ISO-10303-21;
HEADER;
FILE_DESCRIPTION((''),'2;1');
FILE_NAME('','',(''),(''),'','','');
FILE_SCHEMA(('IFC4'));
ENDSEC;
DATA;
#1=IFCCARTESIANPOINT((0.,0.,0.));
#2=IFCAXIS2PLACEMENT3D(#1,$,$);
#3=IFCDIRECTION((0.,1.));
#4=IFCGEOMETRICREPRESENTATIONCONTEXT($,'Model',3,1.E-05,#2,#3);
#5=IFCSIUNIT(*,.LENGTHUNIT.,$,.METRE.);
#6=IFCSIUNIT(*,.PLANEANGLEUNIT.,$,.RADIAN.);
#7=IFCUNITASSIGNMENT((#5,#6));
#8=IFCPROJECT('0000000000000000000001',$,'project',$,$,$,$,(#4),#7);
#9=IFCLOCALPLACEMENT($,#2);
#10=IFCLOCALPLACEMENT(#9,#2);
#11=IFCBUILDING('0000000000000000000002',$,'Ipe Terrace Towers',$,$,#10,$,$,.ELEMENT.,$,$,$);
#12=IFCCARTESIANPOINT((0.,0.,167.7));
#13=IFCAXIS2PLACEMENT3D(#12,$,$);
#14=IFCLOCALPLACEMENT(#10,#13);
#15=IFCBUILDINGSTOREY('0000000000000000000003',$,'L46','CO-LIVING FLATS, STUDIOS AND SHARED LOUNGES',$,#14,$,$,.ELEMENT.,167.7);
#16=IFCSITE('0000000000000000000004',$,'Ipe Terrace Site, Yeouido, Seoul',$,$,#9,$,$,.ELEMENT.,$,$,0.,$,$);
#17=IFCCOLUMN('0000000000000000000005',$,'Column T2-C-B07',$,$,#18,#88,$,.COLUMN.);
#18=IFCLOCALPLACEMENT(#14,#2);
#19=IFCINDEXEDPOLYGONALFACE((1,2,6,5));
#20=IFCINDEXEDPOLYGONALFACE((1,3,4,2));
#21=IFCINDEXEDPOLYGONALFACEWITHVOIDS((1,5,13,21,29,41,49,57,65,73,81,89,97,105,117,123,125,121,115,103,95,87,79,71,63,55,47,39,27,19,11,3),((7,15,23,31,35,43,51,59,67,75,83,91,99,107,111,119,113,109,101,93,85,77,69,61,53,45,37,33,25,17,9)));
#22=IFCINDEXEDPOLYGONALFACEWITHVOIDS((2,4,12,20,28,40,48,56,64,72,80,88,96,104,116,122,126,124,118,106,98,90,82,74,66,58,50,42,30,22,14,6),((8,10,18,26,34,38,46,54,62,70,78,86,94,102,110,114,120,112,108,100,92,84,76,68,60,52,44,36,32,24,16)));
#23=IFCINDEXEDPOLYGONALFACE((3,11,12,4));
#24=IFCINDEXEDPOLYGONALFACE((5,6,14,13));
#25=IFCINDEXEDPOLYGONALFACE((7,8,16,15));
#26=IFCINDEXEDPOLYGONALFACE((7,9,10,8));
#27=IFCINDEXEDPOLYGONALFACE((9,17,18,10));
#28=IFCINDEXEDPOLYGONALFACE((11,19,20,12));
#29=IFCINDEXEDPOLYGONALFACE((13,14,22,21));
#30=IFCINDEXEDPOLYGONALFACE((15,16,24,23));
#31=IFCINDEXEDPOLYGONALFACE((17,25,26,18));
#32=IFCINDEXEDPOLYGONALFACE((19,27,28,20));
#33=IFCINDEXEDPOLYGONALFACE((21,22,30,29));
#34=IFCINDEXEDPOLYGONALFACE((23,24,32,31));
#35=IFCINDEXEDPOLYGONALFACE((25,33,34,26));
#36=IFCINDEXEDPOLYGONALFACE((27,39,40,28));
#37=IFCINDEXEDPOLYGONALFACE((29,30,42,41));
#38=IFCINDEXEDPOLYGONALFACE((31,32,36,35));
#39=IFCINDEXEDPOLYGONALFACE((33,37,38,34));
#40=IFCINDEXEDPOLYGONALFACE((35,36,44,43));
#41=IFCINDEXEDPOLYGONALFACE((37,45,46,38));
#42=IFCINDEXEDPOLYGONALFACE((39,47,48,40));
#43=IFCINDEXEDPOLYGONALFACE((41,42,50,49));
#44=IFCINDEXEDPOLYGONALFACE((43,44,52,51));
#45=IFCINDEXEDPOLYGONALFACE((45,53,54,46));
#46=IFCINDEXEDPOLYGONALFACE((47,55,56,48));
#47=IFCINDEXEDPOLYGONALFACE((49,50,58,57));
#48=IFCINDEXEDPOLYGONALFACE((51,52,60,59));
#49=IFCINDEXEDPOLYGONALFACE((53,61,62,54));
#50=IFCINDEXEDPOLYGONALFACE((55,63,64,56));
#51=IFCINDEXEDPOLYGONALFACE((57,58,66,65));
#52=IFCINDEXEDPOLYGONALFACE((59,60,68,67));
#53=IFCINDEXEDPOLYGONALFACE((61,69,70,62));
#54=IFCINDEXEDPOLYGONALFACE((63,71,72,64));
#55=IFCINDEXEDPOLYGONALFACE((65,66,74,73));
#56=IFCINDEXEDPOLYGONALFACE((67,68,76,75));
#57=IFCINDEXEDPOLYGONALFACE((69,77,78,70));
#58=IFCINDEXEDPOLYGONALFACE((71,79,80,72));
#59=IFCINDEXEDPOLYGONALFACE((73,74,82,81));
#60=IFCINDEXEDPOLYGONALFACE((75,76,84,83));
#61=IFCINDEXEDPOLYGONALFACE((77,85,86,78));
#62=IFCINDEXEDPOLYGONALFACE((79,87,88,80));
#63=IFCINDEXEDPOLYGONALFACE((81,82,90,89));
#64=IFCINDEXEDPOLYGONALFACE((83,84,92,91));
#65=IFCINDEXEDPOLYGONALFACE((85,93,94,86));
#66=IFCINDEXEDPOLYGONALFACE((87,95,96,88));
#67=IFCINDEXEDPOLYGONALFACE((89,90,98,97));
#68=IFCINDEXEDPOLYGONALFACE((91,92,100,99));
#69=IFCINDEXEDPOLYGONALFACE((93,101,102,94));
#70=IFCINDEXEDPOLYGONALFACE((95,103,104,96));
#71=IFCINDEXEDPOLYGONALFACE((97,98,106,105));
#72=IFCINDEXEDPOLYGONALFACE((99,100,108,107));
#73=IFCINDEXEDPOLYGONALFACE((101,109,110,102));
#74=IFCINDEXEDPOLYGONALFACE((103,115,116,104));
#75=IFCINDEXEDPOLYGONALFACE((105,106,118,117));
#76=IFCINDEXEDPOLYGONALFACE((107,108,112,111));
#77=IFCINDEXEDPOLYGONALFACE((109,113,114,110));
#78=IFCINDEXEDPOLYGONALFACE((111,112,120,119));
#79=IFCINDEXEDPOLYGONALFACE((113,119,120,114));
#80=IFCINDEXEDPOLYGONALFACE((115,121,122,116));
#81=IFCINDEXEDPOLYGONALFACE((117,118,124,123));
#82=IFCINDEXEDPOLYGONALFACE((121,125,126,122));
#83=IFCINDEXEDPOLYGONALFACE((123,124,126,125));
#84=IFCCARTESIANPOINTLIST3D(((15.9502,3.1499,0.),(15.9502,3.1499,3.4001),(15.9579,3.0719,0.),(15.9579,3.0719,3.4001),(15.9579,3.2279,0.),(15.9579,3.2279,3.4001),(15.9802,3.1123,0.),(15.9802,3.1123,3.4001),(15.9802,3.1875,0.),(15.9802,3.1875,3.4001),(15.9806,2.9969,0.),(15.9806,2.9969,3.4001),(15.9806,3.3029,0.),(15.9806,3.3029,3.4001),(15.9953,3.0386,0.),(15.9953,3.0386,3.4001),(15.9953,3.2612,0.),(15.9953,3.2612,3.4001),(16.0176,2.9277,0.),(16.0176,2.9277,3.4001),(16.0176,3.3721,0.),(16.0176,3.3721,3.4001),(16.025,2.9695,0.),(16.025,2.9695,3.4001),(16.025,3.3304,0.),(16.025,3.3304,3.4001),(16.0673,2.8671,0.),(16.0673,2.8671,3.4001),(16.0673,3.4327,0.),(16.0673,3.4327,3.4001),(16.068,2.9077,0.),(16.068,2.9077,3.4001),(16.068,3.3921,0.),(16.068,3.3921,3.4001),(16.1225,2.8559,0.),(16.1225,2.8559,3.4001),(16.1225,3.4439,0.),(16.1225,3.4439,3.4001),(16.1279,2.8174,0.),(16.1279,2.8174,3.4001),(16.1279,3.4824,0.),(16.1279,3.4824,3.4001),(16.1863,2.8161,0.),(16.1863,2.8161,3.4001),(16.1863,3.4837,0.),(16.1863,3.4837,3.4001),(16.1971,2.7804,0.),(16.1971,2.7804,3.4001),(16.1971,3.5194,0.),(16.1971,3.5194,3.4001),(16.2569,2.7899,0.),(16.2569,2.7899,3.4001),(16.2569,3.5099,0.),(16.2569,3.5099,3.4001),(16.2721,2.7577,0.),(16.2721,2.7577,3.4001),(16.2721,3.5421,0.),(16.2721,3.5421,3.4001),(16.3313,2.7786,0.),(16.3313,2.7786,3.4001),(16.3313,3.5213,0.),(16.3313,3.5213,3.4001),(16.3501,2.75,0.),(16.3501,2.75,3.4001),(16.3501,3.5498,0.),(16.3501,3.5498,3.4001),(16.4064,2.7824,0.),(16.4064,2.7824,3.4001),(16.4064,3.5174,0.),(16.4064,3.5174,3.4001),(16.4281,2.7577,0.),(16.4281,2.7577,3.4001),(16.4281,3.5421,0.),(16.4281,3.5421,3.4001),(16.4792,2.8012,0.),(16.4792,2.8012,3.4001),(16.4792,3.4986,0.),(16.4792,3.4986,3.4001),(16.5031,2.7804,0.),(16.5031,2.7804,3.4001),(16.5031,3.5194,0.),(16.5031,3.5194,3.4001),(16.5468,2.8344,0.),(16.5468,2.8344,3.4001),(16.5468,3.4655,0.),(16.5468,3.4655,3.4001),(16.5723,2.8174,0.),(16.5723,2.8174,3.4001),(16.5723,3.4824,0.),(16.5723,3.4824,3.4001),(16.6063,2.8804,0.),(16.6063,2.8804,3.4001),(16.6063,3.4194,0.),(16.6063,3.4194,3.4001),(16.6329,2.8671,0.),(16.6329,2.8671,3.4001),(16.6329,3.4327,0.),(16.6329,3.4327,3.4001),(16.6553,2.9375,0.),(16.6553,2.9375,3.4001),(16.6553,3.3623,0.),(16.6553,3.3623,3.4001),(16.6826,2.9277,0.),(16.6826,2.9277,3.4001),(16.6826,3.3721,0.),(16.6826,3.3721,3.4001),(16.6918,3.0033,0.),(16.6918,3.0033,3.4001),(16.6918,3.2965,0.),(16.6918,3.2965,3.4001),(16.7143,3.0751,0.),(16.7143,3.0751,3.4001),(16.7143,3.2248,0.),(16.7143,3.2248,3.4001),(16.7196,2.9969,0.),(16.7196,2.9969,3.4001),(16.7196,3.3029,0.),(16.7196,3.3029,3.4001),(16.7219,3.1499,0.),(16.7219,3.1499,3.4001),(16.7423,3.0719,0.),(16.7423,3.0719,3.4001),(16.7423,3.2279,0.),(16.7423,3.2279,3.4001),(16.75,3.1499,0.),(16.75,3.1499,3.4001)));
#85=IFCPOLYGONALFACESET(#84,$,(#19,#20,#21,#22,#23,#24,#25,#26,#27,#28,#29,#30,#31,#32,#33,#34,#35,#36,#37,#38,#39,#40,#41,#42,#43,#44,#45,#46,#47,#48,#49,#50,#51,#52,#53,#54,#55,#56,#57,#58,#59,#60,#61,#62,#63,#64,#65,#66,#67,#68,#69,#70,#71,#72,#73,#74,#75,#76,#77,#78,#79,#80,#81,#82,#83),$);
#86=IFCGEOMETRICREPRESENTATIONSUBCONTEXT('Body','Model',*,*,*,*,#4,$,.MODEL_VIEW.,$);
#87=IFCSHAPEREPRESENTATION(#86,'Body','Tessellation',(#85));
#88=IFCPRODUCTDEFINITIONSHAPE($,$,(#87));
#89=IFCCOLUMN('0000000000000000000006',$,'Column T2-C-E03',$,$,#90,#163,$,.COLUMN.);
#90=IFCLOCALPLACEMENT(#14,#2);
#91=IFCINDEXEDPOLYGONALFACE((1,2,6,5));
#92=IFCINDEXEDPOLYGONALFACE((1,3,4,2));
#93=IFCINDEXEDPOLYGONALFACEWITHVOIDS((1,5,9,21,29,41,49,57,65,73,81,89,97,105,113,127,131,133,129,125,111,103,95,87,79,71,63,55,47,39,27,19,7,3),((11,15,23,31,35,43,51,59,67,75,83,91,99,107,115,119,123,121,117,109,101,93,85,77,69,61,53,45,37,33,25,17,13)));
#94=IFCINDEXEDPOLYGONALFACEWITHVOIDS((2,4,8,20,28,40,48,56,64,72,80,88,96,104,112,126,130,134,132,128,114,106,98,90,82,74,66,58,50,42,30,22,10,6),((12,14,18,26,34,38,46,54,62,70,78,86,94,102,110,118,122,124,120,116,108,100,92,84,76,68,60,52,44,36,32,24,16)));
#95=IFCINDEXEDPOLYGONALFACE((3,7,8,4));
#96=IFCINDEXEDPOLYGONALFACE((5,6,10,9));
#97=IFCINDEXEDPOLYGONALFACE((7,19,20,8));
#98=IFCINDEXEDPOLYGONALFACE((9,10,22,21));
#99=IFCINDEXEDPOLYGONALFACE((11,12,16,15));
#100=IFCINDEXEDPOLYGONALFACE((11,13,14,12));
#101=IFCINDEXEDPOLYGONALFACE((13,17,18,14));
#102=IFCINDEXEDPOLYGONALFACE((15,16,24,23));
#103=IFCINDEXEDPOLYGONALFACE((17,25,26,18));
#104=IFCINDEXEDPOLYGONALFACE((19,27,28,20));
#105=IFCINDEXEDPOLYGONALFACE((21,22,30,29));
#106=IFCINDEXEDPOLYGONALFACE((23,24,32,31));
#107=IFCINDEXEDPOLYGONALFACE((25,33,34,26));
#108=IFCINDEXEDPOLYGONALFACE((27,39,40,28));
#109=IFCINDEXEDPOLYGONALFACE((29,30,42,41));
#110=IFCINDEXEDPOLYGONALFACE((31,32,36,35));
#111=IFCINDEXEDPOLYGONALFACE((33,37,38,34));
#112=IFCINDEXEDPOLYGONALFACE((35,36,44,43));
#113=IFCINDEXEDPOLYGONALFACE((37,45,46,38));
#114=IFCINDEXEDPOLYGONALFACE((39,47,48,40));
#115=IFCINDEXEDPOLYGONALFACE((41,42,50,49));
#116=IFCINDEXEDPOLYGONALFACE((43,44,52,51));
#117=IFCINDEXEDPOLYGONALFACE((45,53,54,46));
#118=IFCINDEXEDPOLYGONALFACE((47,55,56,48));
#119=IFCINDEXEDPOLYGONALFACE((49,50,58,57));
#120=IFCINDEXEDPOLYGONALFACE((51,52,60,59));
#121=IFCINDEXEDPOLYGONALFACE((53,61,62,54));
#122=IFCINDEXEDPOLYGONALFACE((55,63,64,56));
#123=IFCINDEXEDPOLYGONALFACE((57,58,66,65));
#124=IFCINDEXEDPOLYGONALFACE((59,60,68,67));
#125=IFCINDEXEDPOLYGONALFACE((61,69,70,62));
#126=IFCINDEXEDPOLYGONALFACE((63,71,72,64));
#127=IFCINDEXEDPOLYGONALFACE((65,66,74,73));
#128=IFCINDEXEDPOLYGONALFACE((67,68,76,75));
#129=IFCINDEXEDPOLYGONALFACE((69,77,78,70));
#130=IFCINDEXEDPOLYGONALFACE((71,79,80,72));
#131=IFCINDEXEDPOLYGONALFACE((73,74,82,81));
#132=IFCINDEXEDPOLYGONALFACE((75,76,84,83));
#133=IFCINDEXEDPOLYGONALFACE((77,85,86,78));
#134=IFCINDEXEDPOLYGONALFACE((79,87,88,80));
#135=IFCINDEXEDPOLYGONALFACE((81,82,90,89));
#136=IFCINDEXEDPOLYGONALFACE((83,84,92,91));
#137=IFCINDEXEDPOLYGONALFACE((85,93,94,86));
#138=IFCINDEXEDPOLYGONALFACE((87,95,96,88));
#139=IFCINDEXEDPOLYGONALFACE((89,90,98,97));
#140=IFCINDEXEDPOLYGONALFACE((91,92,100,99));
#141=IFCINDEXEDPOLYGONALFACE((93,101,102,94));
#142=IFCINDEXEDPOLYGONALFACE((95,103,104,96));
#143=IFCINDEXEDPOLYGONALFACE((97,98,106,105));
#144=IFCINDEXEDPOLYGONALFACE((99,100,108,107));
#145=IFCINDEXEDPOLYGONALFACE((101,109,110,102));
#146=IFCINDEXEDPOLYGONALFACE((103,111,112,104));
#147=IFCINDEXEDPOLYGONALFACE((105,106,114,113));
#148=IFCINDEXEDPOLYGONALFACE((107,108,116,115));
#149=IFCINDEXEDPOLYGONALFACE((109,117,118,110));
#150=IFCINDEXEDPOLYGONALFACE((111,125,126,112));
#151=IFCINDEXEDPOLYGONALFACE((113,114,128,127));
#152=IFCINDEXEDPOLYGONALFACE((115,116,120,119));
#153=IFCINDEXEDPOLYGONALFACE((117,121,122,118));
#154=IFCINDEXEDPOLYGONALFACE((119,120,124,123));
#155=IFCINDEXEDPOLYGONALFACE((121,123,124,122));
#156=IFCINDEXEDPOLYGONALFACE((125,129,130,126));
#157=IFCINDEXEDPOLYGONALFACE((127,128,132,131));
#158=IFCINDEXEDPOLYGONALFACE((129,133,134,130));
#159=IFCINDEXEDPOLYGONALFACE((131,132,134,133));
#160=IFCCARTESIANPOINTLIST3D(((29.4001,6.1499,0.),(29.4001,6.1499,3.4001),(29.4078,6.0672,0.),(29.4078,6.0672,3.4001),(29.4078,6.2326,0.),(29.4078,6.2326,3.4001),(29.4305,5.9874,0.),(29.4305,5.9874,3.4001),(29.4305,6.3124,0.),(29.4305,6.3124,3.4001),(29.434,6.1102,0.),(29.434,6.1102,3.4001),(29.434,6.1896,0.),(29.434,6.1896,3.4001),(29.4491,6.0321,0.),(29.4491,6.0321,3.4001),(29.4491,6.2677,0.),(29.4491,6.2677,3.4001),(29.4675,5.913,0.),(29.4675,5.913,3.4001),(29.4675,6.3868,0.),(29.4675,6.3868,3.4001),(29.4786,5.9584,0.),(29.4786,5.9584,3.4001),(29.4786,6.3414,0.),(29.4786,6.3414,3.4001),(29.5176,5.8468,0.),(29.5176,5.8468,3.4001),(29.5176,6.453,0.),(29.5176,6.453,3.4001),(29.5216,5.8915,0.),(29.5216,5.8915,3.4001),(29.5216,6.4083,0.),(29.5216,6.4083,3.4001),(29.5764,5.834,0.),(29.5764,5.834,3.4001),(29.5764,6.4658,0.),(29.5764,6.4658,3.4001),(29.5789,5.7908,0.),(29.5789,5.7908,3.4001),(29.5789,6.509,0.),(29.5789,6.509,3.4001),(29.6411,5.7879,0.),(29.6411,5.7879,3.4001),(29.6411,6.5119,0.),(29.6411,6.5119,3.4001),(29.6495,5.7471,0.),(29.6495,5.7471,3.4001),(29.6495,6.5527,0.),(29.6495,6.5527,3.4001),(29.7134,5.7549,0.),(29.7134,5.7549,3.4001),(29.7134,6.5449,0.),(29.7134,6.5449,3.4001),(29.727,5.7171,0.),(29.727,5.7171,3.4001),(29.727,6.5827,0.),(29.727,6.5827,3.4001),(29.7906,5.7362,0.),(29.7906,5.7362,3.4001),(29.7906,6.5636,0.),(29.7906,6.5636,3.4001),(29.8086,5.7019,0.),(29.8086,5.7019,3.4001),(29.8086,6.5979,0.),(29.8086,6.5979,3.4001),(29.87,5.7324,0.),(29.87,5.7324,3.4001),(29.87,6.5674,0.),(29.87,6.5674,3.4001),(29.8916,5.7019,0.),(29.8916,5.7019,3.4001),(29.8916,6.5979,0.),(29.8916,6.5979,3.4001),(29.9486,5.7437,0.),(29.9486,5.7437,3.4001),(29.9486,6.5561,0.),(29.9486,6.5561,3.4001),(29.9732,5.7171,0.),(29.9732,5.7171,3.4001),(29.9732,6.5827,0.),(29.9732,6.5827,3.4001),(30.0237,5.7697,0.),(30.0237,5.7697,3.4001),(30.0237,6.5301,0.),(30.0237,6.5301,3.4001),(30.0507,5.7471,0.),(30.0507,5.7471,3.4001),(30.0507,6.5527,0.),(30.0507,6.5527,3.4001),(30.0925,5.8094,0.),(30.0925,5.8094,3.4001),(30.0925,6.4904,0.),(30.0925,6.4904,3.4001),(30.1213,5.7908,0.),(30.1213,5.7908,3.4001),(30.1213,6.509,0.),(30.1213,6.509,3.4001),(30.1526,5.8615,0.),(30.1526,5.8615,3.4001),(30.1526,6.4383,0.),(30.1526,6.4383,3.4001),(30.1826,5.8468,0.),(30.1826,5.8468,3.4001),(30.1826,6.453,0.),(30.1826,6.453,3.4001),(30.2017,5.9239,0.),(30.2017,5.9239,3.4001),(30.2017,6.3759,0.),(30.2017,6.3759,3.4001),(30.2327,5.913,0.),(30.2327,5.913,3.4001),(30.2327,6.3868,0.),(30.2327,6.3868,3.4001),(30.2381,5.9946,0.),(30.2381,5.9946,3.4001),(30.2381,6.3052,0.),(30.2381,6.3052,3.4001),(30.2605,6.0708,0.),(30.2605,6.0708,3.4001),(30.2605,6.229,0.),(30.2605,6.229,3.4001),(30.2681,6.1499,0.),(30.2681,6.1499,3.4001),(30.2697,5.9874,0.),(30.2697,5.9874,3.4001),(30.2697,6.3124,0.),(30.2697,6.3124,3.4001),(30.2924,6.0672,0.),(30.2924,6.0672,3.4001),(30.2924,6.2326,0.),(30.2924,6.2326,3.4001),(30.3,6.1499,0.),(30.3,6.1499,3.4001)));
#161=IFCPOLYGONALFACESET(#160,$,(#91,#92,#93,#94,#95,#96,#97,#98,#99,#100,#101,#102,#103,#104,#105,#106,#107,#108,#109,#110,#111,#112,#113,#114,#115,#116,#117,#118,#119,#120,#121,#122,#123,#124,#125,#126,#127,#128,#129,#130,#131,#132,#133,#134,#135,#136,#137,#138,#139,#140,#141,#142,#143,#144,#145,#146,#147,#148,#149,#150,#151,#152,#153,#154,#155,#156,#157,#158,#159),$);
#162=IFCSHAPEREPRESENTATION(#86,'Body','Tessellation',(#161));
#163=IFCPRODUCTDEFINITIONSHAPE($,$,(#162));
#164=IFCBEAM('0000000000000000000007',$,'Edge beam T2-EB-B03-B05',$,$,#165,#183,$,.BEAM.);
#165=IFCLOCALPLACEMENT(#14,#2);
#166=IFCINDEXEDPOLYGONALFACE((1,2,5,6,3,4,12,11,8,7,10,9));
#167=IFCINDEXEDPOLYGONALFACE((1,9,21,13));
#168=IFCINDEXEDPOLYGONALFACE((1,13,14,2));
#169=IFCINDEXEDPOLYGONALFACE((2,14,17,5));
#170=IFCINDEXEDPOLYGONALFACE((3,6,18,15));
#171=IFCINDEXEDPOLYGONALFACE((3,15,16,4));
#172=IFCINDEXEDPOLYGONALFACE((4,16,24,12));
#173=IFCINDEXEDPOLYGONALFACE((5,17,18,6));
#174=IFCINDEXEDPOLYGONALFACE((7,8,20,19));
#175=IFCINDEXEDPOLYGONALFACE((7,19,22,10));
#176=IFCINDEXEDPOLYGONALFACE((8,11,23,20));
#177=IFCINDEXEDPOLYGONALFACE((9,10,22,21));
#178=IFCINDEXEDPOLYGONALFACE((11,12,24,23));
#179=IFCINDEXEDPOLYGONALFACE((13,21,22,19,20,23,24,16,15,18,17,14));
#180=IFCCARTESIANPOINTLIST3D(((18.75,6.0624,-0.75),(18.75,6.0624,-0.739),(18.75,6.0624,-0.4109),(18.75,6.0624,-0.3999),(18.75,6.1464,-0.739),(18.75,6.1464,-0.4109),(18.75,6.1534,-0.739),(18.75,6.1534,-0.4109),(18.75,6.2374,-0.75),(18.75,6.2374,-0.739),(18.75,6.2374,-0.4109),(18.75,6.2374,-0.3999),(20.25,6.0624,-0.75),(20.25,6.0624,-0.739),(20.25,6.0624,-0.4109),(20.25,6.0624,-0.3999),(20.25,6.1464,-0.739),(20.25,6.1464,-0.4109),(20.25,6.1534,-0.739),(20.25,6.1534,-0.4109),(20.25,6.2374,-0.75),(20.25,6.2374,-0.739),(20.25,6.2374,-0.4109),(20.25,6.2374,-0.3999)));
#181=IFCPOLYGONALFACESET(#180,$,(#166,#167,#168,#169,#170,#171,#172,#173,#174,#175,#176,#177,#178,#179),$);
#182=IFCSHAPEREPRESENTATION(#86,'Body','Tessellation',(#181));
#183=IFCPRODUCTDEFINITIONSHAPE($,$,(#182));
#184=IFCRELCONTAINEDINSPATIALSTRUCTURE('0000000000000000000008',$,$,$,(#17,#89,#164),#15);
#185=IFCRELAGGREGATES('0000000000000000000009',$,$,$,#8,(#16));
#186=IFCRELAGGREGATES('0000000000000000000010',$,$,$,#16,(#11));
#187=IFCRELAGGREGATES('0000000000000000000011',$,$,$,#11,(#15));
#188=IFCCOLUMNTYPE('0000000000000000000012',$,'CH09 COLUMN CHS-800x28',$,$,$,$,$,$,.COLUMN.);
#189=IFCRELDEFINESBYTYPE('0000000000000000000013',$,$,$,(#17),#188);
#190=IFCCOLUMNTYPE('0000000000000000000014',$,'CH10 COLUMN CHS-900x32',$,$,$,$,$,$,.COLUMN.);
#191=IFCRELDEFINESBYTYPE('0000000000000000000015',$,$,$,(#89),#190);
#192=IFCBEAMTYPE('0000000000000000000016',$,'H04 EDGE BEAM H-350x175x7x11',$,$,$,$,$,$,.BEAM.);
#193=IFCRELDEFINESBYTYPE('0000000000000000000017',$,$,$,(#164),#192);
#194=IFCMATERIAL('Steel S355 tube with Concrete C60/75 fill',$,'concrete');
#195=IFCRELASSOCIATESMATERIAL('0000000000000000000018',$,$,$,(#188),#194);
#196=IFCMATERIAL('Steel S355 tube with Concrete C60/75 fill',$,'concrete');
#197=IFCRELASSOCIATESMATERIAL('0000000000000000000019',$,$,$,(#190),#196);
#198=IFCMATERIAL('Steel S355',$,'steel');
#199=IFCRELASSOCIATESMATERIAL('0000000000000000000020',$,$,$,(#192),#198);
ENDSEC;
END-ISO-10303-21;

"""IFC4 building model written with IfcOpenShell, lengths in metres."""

from ifc_helpers import new_model, si_unit, direction, frame, origin, origin_2d, place, context, subcontext, project, spatial, hollow_circle, i_section, extrude, material, material_profile, profile_set, type_object, element, save


model = new_model("IFC4")

# Units and contexts
model_context = context("Model", 3, precision=1e-05, world=origin(), true_north=direction((0.0, 1.0)))
body_context = subcontext(model_context, "Body", "Model", "MODEL_VIEW")
ifc_project = project(units=[si_unit("LENGTHUNIT", "METRE"), si_unit("PLANEANGLEUNIT", "RADIAN")], contexts=[model_context])

# Site, building, storey
site_placement = place(None, origin())
site = spatial("IfcSite", under=ifc_project, at=site_placement, Name="Ipe Terrace Site, Yeouido, Seoul", CompositionType="ELEMENT", RefElevation=0.0)
building_placement = place(site_placement, origin())
building = spatial("IfcBuilding", under=site, at=building_placement, Name="Ipe Terrace Towers", CompositionType="ELEMENT")
storey_placement = place(building_placement, frame((0.0, 0.0, 167.7)))
storey = spatial("IfcBuildingStorey", under=building, at=storey_placement, Name="L46", Description="CO-LIVING FLATS, STUDIOS AND SHARED LOUNGES", CompositionType="ELEMENT", Elevation=167.7)

# Columns
ifc_material_1 = material(Name="Steel S355 tube with Concrete C60/75 fill", Category="concrete")
ifc_material_profile_1 = material_profile(ifc_material_1, hollow_circle(Radius=0.3999, WallThickness=0.0281, at=origin_2d()), Name="CHS-800x28")
ifc_profile_set_1 = profile_set([ifc_material_profile_1], Name="Steel S355 tube with Concrete C60/75 fill")
column_type_1 = type_object("IfcColumnType", Name="CH09 COLUMN CHS-800x28", PredefinedType="COLUMN", material=ifc_profile_set_1)
for number, where, z_axis, x_axis, name in (
    (1, (16.3501, 3.1499, 0.0), (0.0, 0.0, 1.0), (1.0, 0.0, 0.0), "Column T2-C-B07"),
):
    element("IfcColumn", number, at=place(storey_placement, frame(where, z_axis=z_axis, x_axis=x_axis)), inside=storey, type_object=column_type_1, Name=name, PredefinedType="COLUMN", context=body_context, shape_type="SweptSolid", body=[
        extrude(hollow_circle(Radius=0.3999, WallThickness=0.0281, at=origin_2d()), origin(), (0.0, 0.0, 1.0), 3.4001),
    ])
ifc_material_2 = material(Name="Steel S355 tube with Concrete C60/75 fill", Category="concrete")
ifc_material_profile_2 = material_profile(ifc_material_2, hollow_circle(Radius=0.45, WallThickness=0.032, at=origin_2d()), Name="CHS-900x32")
ifc_profile_set_2 = profile_set([ifc_material_profile_2], Name="Steel S355 tube with Concrete C60/75 fill")
column_type_2 = type_object("IfcColumnType", Name="CH10 COLUMN CHS-900x32", PredefinedType="COLUMN", material=ifc_profile_set_2)
column_placement = place(storey_placement, frame((29.8501, 6.1499, 0.0), z_axis=(0.0, 0.0, 1.0), x_axis=(1.0, 0.0, 0.0)))
element("IfcColumn", 2, at=column_placement, inside=storey, type_object=column_type_2, Name="Column T2-C-E03", PredefinedType="COLUMN", context=body_context, shape_type="SweptSolid", body=[
    extrude(hollow_circle(Radius=0.45, WallThickness=0.032, at=origin_2d()), origin(), (0.0, 0.0, 1.0), 3.4001),
])

# Beam
ifc_material_3 = material(Name="Steel S355", Category="steel")
ifc_material_profile_3 = material_profile(ifc_material_3, i_section(OverallWidth=0.175, OverallDepth=0.3501, WebThickness=0.0071, FlangeThickness=0.011, at=origin_2d()), Name="H-350x175x7x11")
ifc_profile_set_3 = profile_set([ifc_material_profile_3], Name="Steel S355")
beam_type_1 = type_object("IfcBeamType", Name="H04 EDGE BEAM H-350x175x7x11", PredefinedType="BEAM", material=ifc_profile_set_3)
beam_1_placement = place(storey_placement, frame((20.25, 6.1499, -0.575), z_axis=(-1.0, 0.0, 0.0), x_axis=(0.0, -1.0, 0.0)))
element("IfcBeam", 3, at=beam_1_placement, inside=storey, type_object=beam_type_1, Name="Edge beam T2-EB-B03-B05", PredefinedType="BEAM", context=body_context, shape_type="SweptSolid", body=[
    extrude(i_section(OverallWidth=0.175, OverallDepth=0.3501, WebThickness=0.0071, FlangeThickness=0.011, at=origin_2d()), origin(), (0.0, 0.0, 1.0), 1.5),
])

save(model, "model.ifc")
